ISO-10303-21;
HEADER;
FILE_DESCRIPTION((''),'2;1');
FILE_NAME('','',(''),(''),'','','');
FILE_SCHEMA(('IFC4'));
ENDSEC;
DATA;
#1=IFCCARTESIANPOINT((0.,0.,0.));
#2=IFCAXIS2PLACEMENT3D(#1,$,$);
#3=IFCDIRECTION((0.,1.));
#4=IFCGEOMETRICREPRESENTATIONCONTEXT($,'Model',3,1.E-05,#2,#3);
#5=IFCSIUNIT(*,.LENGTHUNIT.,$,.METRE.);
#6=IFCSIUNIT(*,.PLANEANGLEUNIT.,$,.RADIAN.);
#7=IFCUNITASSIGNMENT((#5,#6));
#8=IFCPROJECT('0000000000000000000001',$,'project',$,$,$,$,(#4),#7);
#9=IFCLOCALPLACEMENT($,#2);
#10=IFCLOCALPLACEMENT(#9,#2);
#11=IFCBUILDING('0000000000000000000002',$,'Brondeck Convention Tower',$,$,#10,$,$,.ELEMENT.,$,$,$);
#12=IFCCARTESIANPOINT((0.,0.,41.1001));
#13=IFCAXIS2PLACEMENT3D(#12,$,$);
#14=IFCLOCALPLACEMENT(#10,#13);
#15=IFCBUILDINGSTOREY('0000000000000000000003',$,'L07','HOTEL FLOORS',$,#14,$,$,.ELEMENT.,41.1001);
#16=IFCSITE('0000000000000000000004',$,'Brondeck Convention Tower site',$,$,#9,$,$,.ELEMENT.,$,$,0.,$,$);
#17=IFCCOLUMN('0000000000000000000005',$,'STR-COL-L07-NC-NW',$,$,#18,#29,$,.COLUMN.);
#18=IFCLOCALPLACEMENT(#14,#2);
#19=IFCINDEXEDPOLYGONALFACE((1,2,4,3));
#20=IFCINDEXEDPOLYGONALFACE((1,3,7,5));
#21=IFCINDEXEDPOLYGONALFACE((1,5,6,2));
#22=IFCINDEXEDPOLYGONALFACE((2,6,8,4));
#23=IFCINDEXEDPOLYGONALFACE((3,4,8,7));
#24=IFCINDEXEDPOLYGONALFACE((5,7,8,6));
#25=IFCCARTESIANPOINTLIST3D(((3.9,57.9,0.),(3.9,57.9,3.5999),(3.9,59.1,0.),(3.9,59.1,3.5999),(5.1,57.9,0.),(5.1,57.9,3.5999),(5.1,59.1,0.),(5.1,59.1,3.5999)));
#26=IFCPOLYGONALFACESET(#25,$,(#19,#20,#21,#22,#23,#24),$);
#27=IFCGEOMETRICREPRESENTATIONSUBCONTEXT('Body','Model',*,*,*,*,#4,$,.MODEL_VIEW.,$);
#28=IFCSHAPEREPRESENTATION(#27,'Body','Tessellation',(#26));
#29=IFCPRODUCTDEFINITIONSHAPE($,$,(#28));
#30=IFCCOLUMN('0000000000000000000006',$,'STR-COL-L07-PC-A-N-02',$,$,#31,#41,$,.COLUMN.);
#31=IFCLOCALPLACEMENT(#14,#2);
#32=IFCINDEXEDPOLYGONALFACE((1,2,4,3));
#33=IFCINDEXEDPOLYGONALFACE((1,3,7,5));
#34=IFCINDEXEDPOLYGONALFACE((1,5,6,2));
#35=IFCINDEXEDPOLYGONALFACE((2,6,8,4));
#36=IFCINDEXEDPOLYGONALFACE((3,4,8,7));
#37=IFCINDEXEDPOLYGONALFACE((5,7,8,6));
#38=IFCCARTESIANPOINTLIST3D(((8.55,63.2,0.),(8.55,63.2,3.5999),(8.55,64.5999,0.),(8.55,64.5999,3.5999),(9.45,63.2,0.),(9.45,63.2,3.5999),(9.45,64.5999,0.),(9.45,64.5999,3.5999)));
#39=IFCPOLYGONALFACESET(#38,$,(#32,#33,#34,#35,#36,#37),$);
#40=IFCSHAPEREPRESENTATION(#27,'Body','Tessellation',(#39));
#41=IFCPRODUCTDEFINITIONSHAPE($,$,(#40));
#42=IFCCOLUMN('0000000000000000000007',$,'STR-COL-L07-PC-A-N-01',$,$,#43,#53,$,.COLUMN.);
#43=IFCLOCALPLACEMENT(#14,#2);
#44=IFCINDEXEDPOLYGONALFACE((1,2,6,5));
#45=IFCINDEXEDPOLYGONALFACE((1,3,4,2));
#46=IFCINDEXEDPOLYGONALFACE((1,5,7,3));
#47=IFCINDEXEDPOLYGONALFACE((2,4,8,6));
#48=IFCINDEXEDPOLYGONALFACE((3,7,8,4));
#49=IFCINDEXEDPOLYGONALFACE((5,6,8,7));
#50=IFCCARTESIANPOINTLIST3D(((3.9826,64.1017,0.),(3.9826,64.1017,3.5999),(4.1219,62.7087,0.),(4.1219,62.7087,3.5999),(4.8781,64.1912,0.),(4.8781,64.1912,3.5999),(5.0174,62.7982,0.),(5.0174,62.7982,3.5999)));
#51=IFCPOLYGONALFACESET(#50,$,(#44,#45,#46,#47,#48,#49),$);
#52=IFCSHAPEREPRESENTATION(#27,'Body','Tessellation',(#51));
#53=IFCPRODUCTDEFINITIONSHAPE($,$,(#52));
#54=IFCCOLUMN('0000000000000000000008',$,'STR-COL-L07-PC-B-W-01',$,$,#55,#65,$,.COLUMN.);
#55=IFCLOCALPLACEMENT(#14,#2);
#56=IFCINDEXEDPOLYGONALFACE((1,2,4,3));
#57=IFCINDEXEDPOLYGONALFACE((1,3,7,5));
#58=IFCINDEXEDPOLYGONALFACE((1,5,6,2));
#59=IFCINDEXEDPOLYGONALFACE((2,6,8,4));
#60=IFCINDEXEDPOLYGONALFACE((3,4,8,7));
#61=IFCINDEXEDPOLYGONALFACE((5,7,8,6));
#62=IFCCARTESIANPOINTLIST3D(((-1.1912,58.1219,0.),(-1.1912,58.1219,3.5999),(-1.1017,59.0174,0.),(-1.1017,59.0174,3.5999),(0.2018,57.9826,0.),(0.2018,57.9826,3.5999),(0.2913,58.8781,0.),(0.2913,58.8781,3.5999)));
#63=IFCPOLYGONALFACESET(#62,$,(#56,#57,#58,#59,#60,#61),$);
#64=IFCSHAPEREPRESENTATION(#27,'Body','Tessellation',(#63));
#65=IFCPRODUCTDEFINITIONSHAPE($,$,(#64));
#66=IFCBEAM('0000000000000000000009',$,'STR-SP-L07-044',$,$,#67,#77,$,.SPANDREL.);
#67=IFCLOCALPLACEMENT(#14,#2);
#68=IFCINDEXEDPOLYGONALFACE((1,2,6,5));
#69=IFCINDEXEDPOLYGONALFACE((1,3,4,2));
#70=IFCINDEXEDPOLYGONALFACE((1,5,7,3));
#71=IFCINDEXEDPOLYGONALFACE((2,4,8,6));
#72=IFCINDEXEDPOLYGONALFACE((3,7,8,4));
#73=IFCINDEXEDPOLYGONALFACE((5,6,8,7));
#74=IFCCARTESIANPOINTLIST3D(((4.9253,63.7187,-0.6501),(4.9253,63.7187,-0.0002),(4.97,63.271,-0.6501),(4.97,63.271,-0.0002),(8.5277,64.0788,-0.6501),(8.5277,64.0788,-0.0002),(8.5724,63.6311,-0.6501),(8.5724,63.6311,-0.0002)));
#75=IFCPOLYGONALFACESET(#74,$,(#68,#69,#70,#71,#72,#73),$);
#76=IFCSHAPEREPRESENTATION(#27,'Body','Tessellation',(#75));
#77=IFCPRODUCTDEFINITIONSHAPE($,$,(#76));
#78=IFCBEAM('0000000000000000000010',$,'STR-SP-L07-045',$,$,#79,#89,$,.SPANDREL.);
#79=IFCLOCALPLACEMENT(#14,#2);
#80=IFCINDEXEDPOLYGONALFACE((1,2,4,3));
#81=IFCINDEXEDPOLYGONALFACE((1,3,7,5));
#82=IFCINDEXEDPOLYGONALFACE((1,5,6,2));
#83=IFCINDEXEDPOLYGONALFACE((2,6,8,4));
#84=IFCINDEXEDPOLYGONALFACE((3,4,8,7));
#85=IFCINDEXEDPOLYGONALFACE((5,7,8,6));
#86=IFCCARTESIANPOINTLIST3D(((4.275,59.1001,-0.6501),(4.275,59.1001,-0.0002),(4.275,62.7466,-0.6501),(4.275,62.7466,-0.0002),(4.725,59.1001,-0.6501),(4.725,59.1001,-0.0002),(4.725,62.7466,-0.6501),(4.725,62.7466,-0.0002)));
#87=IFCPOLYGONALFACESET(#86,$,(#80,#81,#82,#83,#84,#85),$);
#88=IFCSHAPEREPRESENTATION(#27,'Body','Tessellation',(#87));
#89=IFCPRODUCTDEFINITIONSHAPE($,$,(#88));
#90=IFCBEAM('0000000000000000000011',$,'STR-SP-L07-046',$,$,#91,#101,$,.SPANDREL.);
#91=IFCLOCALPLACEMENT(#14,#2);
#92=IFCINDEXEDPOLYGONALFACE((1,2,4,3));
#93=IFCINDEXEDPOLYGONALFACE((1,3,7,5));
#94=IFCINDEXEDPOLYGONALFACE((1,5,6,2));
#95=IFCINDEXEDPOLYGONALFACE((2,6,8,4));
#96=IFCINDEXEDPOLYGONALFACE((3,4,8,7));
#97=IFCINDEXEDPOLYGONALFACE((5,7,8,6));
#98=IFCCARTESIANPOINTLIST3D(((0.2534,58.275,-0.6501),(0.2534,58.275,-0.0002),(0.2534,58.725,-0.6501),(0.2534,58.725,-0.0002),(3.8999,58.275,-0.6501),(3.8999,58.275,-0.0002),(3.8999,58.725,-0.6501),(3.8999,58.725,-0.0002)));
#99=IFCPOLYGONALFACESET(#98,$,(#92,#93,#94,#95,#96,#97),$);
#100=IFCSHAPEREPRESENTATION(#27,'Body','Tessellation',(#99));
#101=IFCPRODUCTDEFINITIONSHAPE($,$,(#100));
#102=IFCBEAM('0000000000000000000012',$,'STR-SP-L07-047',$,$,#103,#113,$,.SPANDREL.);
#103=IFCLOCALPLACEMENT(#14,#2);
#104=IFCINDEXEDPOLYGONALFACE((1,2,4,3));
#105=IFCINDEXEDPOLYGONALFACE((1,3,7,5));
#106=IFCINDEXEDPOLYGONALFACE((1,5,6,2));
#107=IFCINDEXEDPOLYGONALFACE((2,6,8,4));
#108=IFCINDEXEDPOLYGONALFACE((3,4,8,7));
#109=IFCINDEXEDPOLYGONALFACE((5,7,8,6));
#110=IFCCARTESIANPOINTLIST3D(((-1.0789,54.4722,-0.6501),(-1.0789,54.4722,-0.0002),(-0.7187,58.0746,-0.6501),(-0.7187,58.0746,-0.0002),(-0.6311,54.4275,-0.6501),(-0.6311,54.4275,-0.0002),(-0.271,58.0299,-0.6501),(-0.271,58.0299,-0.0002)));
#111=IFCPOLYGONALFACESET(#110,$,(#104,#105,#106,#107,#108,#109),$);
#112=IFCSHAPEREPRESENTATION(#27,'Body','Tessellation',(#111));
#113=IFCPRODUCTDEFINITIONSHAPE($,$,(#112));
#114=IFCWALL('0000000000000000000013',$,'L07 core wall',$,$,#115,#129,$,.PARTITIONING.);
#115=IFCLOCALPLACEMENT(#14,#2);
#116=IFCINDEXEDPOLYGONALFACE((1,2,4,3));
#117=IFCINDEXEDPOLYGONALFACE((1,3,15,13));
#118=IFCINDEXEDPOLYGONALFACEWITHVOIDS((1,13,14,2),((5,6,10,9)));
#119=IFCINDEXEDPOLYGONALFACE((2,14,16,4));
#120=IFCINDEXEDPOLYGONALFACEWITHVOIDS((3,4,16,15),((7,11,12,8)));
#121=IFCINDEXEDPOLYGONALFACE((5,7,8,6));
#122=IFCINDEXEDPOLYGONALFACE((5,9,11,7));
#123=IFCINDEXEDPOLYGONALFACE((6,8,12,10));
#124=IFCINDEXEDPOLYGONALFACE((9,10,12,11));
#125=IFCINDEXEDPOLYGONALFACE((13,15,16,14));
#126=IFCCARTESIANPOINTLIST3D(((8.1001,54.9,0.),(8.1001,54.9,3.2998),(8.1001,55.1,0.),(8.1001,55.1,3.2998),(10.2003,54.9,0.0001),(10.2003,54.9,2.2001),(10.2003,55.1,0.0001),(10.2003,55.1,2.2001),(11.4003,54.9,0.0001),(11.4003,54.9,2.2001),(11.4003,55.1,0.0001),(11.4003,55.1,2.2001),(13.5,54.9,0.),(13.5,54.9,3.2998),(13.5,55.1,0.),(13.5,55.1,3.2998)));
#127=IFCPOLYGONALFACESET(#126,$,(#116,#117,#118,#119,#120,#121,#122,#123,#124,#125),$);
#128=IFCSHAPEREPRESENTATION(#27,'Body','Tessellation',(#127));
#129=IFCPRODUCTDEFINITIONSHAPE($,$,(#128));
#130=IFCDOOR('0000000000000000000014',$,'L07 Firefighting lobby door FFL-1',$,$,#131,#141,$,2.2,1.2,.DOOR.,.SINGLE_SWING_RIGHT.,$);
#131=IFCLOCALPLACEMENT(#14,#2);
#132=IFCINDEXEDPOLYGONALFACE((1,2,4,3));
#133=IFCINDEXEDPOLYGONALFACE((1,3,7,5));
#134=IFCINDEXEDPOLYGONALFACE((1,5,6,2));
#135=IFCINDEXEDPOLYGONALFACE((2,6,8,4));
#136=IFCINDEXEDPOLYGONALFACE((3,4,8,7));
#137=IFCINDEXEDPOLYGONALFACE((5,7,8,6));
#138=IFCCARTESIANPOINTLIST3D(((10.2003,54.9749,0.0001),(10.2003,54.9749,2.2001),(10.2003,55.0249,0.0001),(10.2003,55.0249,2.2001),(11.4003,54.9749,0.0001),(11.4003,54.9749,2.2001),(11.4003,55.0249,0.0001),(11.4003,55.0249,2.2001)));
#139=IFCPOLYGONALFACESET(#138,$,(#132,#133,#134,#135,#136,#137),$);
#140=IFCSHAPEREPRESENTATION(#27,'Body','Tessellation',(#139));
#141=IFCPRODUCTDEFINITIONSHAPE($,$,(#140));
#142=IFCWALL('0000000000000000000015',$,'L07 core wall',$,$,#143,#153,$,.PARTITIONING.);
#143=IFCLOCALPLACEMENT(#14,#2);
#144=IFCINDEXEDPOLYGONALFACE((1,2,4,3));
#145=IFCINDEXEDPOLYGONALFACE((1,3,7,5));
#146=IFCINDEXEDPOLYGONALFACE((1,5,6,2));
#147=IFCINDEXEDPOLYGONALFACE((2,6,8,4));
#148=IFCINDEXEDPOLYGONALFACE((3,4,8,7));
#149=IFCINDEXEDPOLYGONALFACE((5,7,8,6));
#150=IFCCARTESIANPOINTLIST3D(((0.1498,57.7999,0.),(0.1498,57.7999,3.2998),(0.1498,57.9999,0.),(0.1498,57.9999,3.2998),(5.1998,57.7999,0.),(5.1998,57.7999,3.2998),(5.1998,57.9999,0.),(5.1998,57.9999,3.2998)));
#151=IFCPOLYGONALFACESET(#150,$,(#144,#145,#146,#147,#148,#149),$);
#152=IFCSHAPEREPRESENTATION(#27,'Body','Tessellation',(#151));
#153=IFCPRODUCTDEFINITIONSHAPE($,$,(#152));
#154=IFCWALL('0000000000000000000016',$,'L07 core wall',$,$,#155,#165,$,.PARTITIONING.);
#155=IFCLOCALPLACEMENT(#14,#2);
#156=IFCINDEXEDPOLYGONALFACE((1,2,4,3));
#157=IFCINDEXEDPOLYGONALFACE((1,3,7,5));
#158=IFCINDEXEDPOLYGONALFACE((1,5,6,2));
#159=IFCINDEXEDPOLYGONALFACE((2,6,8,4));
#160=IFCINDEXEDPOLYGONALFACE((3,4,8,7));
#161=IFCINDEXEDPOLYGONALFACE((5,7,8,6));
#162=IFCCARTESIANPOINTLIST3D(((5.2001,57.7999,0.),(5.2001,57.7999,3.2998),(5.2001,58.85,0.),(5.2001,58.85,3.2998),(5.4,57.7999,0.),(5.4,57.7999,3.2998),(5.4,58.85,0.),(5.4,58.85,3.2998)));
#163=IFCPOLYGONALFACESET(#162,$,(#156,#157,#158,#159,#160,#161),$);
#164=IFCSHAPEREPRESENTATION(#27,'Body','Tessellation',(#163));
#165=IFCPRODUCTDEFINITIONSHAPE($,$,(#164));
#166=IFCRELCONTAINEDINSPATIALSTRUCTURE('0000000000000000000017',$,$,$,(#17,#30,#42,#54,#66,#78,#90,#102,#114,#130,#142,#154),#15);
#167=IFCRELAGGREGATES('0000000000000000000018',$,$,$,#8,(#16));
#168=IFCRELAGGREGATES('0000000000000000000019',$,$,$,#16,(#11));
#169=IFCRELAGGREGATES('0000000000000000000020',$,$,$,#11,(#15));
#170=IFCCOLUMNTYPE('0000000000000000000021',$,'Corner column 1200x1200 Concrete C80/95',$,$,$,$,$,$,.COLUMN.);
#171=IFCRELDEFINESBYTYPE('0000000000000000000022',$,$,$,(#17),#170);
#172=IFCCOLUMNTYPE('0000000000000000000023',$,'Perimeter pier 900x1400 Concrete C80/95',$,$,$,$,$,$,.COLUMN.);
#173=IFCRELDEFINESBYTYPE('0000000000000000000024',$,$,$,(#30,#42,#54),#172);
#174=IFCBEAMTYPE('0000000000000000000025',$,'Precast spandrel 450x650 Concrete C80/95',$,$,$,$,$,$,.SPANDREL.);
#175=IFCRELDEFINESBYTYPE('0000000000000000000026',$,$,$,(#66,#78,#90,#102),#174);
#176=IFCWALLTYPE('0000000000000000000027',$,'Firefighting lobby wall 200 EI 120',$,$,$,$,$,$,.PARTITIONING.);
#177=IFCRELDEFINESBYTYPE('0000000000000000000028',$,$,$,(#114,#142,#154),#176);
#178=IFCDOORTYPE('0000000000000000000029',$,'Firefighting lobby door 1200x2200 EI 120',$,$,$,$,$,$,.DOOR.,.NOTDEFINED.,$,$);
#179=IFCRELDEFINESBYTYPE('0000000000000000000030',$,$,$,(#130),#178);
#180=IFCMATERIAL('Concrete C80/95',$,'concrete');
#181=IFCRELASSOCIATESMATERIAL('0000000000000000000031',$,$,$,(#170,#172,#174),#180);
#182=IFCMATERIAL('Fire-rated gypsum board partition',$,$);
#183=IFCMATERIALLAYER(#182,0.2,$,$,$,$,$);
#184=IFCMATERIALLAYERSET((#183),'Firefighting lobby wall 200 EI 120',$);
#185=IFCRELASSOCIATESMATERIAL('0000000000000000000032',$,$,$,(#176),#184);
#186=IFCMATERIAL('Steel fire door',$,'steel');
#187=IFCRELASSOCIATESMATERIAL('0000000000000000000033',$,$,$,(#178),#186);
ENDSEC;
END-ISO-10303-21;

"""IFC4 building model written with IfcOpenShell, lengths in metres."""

from ifc_helpers import new_model, si_unit, direction, frame, frame_2d, origin, origin_2d, place, context, subcontext, project, spatial, rectangle, extrude, material, layer, layer_set, material_profile, profile_set, type_object, element, fill, save


model = new_model("IFC4")

# Units and contexts
model_context = context("Model", 3, precision=1e-05, world=origin(), true_north=direction((0.0, 1.0)))
body_context = subcontext(model_context, "Body", "Model", "MODEL_VIEW")
ifc_project = project(units=[si_unit("LENGTHUNIT", "METRE"), si_unit("PLANEANGLEUNIT", "RADIAN")], contexts=[model_context])

# Site, building, storey
site_placement = place(None, origin())
site = spatial("IfcSite", under=ifc_project, at=site_placement, Name="Brondeck Convention Tower site", CompositionType="ELEMENT", RefElevation=0.0)
building_placement = place(site_placement, origin())
building = spatial("IfcBuilding", under=site, at=building_placement, Name="Brondeck Convention Tower", CompositionType="ELEMENT")
storey_placement = place(building_placement, frame((0.0, 0.0, 41.1001)))
storey = spatial("IfcBuildingStorey", under=building, at=storey_placement, Name="L07", Description="HOTEL FLOORS", CompositionType="ELEMENT", Elevation=41.1001)

# Columns
ifc_material_1 = material(Name="Concrete C80/95", Category="concrete")
ifc_material_profile_1 = material_profile(ifc_material_1, rectangle(XDim=1.2, YDim=1.2, at=origin_2d()), Name="Corner column 1200x1200 Concrete C80/95")
ifc_profile_set_1 = profile_set([ifc_material_profile_1], Name="Concrete C80/95")
column_type_1 = type_object("IfcColumnType", Name="Corner column 1200x1200 Concrete C80/95", PredefinedType="COLUMN", material=ifc_profile_set_1)
column_placement = place(storey_placement, frame((4.5, 58.5, 0.0), z_axis=(0.0, 0.0, 1.0), x_axis=(1.0, 0.0, 0.0)))
element("IfcColumn", 1, at=column_placement, inside=storey, type_object=column_type_1, Name="STR-COL-L07-NC-NW", PredefinedType="COLUMN", context=body_context, shape_type="SweptSolid", body=[
    extrude(rectangle(XDim=1.2, YDim=1.2, at=origin_2d()), origin(), (0.0, 0.0, 1.0), 3.5999),
])
ifc_material_profile_2 = material_profile(ifc_material_1, rectangle(XDim=0.8999, YDim=1.3999, at=origin_2d()), Name="Perimeter pier 900x1400 Concrete C80/95")
ifc_profile_set_2 = profile_set([ifc_material_profile_2], Name="Concrete C80/95")
column_type_2 = type_object("IfcColumnType", Name="Perimeter pier 900x1400 Concrete C80/95", PredefinedType="COLUMN", material=ifc_profile_set_2)
for number, where, z_axis, x_axis, name in (
    (2, (9.0, 63.8999, 0.0), (0.0, 0.0, 1.0), (-1.0, 0.0, 0.0), "STR-COL-L07-PC-A-N-02"),
    (3, (4.5, 63.45, 0.0), (0.0, 0.0, 1.0), (-0.995037, -0.099504, 0.0), "STR-COL-L07-PC-A-N-01"),
    (4, (-0.45, 58.5, 0.0), (0.0, 0.0, 1.0), (-0.099504, -0.995037, 0.0), "STR-COL-L07-PC-B-W-01"),
):
    element("IfcColumn", number, at=place(storey_placement, frame(where, z_axis=z_axis, x_axis=x_axis)), inside=storey, type_object=column_type_2, Name=name, PredefinedType="COLUMN", context=body_context, shape_type="SweptSolid", body=[
        extrude(rectangle(XDim=0.8999, YDim=1.3999, at=origin_2d()), origin(), (0.0, 0.0, 1.0), 3.5999),
    ])

# Beams
ifc_material_profile_3 = material_profile(ifc_material_1, rectangle(XDim=0.45, YDim=0.6499, at=origin_2d()), Name="Precast spandrel 450x650 Concrete C80/95")
ifc_profile_set_3 = profile_set([ifc_material_profile_3], Name="Concrete C80/95")
beam_type = type_object("IfcBeamType", Name="Precast spandrel 450x650 Concrete C80/95", PredefinedType="SPANDREL", material=ifc_profile_set_3)
beam_1_placement = place(storey_placement, frame((8.55, 63.855, -0.3252), z_axis=(-0.995041, -0.09947, 0.0), x_axis=(0.09947, -0.995041, 0.0)))
element("IfcBeam", 5, at=beam_1_placement, inside=storey, type_object=beam_type, Name="STR-SP-L07-044", PredefinedType="SPANDREL", context=body_context, shape_type="SweptSolid", body=[
    extrude(rectangle(XDim=0.45, YDim=0.6499, at=origin_2d()), origin(), (0.0, 0.0, 1.0), 3.6204),
])
for number, where, z_axis, x_axis, name in (
    (6, (4.5, 62.7466, -0.3252), (0.0, -1.0, 0.0), (1.0, 0.0, 0.0), "STR-SP-L07-045"),
    (7, (3.8999, 58.5, -0.3252), (-1.0, 0.0, 0.0), (0.0, -1.0, 0.0), "STR-SP-L07-046"),
):
    element("IfcBeam", number, at=place(storey_placement, frame(where, z_axis=z_axis, x_axis=x_axis)), inside=storey, type_object=beam_type, Name=name, PredefinedType="SPANDREL", context=body_context, shape_type="SweptSolid", body=[
        extrude(rectangle(XDim=0.45, YDim=0.6499, at=origin_2d()), origin(), (0.0, 0.0, 1.0), 3.6465),
    ])
beam_2_placement = place(storey_placement, frame((-0.4949, 58.0522, -0.3252), z_axis=(-0.09947, -0.995041, 0.0), x_axis=(0.995041, -0.09947, 0.0)))
element("IfcBeam", 8, at=beam_2_placement, inside=storey, type_object=beam_type, Name="STR-SP-L07-047", PredefinedType="SPANDREL", context=body_context, shape_type="SweptSolid", body=[
    extrude(rectangle(XDim=0.45, YDim=0.6499, at=origin_2d()), origin(), (0.0, 0.0, 1.0), 3.6204),
])

# Wall, opening, door
ifc_material_2 = material(Name="Fire-rated gypsum board partition")
ifc_layer_1 = layer(ifc_material_2, 0.2)
ifc_layer_set_1 = layer_set([ifc_layer_1], Name="Firefighting lobby wall 200 EI 120")
wall_type_1 = type_object("IfcWallType", Name="Firefighting lobby wall 200 EI 120", PredefinedType="PARTITIONING", material=ifc_layer_set_1)
wall_1_placement = place(storey_placement, frame((8.1001, 55.0, 0.0), z_axis=(0.0, 0.0, 1.0), x_axis=(1.0, 0.0, 0.0)))
wall_1 = element("IfcWall", 9, at=wall_1_placement, inside=storey, type_object=wall_type_1, Name="L07 core wall", PredefinedType="PARTITIONING", context=body_context, shape_type="SweptSolid", body=[
    extrude(rectangle(XDim=5.3999, YDim=0.2, at=frame_2d((2.7, 0.0))), origin(), (0.0, 0.0, 1.0), 3.2998),
])
opening_1_placement = place(wall_1_placement, frame((2.1001, 0.0, 0.0)))
opening_1 = element("IfcOpeningElement", 10, at=opening_1_placement, cuts=wall_1, PredefinedType="OPENING", context=body_context, shape_type="SweptSolid", body=[
    extrude(rectangle(XDim=1.2, YDim=2.2, at=frame_2d((0.6001, 1.1001))), frame((0.0, 0.1099, 0.0), z_axis=(0.0, -1.0, 0.0), x_axis=(1.0, 0.0, 0.0)), (0.0, 0.0, 1.0), 0.22),
])
ifc_material_3 = material(Name="Steel fire door", Category="steel")
door_type_1 = type_object("IfcDoorType", Name="Firefighting lobby door 1200x2200 EI 120", OperationType="NOTDEFINED", PredefinedType="DOOR", material=ifc_material_3)
door_1_placement = place(opening_1_placement, origin())
door_1 = element("IfcDoor", 11, at=door_1_placement, inside=storey, type_object=door_type_1, Name="L07 Firefighting lobby door FFL-1", OperationType="SINGLE_SWING_RIGHT", OverallHeight=2.2, OverallWidth=1.2, PredefinedType="DOOR", context=body_context, shape_type="SweptSolid", body=[
    extrude(rectangle(XDim=1.2, YDim=2.2, at=frame_2d((0.6001, 1.1001))), frame((0.0, 0.0249, 0.0), z_axis=(0.0, -1.0, 0.0), x_axis=(1.0, 0.0, 0.0)), (0.0, 0.0, 1.0), 0.05),
])
fill(opening_1, door_1)

# Walls
wall_2_placement = place(storey_placement, frame((0.1499, 57.8999, 0.0), z_axis=(0.0, 0.0, 1.0), x_axis=(1.0, 0.0, 0.0)))
element("IfcWall", 12, at=wall_2_placement, inside=storey, type_object=wall_type_1, Name="L07 core wall", PredefinedType="PARTITIONING", context=body_context, shape_type="SweptSolid", body=[
    extrude(rectangle(XDim=5.05, YDim=0.2, at=frame_2d((2.5249, 0.0))), origin(), (0.0, 0.0, 1.0), 3.2998),
])
wall_3_placement = place(storey_placement, frame((5.3, 57.8, 0.0), z_axis=(0.0, 0.0, 1.0), x_axis=(0.0, 1.0, 0.0)))
element("IfcWall", 13, at=wall_3_placement, inside=storey, type_object=wall_type_1, Name="L07 core wall", PredefinedType="PARTITIONING", context=body_context, shape_type="SweptSolid", body=[
    extrude(rectangle(XDim=1.05, YDim=0.2, at=frame_2d((0.5249, 0.0))), origin(), (0.0, 0.0, 1.0), 3.2998),
])

save(model, "model.ifc")
